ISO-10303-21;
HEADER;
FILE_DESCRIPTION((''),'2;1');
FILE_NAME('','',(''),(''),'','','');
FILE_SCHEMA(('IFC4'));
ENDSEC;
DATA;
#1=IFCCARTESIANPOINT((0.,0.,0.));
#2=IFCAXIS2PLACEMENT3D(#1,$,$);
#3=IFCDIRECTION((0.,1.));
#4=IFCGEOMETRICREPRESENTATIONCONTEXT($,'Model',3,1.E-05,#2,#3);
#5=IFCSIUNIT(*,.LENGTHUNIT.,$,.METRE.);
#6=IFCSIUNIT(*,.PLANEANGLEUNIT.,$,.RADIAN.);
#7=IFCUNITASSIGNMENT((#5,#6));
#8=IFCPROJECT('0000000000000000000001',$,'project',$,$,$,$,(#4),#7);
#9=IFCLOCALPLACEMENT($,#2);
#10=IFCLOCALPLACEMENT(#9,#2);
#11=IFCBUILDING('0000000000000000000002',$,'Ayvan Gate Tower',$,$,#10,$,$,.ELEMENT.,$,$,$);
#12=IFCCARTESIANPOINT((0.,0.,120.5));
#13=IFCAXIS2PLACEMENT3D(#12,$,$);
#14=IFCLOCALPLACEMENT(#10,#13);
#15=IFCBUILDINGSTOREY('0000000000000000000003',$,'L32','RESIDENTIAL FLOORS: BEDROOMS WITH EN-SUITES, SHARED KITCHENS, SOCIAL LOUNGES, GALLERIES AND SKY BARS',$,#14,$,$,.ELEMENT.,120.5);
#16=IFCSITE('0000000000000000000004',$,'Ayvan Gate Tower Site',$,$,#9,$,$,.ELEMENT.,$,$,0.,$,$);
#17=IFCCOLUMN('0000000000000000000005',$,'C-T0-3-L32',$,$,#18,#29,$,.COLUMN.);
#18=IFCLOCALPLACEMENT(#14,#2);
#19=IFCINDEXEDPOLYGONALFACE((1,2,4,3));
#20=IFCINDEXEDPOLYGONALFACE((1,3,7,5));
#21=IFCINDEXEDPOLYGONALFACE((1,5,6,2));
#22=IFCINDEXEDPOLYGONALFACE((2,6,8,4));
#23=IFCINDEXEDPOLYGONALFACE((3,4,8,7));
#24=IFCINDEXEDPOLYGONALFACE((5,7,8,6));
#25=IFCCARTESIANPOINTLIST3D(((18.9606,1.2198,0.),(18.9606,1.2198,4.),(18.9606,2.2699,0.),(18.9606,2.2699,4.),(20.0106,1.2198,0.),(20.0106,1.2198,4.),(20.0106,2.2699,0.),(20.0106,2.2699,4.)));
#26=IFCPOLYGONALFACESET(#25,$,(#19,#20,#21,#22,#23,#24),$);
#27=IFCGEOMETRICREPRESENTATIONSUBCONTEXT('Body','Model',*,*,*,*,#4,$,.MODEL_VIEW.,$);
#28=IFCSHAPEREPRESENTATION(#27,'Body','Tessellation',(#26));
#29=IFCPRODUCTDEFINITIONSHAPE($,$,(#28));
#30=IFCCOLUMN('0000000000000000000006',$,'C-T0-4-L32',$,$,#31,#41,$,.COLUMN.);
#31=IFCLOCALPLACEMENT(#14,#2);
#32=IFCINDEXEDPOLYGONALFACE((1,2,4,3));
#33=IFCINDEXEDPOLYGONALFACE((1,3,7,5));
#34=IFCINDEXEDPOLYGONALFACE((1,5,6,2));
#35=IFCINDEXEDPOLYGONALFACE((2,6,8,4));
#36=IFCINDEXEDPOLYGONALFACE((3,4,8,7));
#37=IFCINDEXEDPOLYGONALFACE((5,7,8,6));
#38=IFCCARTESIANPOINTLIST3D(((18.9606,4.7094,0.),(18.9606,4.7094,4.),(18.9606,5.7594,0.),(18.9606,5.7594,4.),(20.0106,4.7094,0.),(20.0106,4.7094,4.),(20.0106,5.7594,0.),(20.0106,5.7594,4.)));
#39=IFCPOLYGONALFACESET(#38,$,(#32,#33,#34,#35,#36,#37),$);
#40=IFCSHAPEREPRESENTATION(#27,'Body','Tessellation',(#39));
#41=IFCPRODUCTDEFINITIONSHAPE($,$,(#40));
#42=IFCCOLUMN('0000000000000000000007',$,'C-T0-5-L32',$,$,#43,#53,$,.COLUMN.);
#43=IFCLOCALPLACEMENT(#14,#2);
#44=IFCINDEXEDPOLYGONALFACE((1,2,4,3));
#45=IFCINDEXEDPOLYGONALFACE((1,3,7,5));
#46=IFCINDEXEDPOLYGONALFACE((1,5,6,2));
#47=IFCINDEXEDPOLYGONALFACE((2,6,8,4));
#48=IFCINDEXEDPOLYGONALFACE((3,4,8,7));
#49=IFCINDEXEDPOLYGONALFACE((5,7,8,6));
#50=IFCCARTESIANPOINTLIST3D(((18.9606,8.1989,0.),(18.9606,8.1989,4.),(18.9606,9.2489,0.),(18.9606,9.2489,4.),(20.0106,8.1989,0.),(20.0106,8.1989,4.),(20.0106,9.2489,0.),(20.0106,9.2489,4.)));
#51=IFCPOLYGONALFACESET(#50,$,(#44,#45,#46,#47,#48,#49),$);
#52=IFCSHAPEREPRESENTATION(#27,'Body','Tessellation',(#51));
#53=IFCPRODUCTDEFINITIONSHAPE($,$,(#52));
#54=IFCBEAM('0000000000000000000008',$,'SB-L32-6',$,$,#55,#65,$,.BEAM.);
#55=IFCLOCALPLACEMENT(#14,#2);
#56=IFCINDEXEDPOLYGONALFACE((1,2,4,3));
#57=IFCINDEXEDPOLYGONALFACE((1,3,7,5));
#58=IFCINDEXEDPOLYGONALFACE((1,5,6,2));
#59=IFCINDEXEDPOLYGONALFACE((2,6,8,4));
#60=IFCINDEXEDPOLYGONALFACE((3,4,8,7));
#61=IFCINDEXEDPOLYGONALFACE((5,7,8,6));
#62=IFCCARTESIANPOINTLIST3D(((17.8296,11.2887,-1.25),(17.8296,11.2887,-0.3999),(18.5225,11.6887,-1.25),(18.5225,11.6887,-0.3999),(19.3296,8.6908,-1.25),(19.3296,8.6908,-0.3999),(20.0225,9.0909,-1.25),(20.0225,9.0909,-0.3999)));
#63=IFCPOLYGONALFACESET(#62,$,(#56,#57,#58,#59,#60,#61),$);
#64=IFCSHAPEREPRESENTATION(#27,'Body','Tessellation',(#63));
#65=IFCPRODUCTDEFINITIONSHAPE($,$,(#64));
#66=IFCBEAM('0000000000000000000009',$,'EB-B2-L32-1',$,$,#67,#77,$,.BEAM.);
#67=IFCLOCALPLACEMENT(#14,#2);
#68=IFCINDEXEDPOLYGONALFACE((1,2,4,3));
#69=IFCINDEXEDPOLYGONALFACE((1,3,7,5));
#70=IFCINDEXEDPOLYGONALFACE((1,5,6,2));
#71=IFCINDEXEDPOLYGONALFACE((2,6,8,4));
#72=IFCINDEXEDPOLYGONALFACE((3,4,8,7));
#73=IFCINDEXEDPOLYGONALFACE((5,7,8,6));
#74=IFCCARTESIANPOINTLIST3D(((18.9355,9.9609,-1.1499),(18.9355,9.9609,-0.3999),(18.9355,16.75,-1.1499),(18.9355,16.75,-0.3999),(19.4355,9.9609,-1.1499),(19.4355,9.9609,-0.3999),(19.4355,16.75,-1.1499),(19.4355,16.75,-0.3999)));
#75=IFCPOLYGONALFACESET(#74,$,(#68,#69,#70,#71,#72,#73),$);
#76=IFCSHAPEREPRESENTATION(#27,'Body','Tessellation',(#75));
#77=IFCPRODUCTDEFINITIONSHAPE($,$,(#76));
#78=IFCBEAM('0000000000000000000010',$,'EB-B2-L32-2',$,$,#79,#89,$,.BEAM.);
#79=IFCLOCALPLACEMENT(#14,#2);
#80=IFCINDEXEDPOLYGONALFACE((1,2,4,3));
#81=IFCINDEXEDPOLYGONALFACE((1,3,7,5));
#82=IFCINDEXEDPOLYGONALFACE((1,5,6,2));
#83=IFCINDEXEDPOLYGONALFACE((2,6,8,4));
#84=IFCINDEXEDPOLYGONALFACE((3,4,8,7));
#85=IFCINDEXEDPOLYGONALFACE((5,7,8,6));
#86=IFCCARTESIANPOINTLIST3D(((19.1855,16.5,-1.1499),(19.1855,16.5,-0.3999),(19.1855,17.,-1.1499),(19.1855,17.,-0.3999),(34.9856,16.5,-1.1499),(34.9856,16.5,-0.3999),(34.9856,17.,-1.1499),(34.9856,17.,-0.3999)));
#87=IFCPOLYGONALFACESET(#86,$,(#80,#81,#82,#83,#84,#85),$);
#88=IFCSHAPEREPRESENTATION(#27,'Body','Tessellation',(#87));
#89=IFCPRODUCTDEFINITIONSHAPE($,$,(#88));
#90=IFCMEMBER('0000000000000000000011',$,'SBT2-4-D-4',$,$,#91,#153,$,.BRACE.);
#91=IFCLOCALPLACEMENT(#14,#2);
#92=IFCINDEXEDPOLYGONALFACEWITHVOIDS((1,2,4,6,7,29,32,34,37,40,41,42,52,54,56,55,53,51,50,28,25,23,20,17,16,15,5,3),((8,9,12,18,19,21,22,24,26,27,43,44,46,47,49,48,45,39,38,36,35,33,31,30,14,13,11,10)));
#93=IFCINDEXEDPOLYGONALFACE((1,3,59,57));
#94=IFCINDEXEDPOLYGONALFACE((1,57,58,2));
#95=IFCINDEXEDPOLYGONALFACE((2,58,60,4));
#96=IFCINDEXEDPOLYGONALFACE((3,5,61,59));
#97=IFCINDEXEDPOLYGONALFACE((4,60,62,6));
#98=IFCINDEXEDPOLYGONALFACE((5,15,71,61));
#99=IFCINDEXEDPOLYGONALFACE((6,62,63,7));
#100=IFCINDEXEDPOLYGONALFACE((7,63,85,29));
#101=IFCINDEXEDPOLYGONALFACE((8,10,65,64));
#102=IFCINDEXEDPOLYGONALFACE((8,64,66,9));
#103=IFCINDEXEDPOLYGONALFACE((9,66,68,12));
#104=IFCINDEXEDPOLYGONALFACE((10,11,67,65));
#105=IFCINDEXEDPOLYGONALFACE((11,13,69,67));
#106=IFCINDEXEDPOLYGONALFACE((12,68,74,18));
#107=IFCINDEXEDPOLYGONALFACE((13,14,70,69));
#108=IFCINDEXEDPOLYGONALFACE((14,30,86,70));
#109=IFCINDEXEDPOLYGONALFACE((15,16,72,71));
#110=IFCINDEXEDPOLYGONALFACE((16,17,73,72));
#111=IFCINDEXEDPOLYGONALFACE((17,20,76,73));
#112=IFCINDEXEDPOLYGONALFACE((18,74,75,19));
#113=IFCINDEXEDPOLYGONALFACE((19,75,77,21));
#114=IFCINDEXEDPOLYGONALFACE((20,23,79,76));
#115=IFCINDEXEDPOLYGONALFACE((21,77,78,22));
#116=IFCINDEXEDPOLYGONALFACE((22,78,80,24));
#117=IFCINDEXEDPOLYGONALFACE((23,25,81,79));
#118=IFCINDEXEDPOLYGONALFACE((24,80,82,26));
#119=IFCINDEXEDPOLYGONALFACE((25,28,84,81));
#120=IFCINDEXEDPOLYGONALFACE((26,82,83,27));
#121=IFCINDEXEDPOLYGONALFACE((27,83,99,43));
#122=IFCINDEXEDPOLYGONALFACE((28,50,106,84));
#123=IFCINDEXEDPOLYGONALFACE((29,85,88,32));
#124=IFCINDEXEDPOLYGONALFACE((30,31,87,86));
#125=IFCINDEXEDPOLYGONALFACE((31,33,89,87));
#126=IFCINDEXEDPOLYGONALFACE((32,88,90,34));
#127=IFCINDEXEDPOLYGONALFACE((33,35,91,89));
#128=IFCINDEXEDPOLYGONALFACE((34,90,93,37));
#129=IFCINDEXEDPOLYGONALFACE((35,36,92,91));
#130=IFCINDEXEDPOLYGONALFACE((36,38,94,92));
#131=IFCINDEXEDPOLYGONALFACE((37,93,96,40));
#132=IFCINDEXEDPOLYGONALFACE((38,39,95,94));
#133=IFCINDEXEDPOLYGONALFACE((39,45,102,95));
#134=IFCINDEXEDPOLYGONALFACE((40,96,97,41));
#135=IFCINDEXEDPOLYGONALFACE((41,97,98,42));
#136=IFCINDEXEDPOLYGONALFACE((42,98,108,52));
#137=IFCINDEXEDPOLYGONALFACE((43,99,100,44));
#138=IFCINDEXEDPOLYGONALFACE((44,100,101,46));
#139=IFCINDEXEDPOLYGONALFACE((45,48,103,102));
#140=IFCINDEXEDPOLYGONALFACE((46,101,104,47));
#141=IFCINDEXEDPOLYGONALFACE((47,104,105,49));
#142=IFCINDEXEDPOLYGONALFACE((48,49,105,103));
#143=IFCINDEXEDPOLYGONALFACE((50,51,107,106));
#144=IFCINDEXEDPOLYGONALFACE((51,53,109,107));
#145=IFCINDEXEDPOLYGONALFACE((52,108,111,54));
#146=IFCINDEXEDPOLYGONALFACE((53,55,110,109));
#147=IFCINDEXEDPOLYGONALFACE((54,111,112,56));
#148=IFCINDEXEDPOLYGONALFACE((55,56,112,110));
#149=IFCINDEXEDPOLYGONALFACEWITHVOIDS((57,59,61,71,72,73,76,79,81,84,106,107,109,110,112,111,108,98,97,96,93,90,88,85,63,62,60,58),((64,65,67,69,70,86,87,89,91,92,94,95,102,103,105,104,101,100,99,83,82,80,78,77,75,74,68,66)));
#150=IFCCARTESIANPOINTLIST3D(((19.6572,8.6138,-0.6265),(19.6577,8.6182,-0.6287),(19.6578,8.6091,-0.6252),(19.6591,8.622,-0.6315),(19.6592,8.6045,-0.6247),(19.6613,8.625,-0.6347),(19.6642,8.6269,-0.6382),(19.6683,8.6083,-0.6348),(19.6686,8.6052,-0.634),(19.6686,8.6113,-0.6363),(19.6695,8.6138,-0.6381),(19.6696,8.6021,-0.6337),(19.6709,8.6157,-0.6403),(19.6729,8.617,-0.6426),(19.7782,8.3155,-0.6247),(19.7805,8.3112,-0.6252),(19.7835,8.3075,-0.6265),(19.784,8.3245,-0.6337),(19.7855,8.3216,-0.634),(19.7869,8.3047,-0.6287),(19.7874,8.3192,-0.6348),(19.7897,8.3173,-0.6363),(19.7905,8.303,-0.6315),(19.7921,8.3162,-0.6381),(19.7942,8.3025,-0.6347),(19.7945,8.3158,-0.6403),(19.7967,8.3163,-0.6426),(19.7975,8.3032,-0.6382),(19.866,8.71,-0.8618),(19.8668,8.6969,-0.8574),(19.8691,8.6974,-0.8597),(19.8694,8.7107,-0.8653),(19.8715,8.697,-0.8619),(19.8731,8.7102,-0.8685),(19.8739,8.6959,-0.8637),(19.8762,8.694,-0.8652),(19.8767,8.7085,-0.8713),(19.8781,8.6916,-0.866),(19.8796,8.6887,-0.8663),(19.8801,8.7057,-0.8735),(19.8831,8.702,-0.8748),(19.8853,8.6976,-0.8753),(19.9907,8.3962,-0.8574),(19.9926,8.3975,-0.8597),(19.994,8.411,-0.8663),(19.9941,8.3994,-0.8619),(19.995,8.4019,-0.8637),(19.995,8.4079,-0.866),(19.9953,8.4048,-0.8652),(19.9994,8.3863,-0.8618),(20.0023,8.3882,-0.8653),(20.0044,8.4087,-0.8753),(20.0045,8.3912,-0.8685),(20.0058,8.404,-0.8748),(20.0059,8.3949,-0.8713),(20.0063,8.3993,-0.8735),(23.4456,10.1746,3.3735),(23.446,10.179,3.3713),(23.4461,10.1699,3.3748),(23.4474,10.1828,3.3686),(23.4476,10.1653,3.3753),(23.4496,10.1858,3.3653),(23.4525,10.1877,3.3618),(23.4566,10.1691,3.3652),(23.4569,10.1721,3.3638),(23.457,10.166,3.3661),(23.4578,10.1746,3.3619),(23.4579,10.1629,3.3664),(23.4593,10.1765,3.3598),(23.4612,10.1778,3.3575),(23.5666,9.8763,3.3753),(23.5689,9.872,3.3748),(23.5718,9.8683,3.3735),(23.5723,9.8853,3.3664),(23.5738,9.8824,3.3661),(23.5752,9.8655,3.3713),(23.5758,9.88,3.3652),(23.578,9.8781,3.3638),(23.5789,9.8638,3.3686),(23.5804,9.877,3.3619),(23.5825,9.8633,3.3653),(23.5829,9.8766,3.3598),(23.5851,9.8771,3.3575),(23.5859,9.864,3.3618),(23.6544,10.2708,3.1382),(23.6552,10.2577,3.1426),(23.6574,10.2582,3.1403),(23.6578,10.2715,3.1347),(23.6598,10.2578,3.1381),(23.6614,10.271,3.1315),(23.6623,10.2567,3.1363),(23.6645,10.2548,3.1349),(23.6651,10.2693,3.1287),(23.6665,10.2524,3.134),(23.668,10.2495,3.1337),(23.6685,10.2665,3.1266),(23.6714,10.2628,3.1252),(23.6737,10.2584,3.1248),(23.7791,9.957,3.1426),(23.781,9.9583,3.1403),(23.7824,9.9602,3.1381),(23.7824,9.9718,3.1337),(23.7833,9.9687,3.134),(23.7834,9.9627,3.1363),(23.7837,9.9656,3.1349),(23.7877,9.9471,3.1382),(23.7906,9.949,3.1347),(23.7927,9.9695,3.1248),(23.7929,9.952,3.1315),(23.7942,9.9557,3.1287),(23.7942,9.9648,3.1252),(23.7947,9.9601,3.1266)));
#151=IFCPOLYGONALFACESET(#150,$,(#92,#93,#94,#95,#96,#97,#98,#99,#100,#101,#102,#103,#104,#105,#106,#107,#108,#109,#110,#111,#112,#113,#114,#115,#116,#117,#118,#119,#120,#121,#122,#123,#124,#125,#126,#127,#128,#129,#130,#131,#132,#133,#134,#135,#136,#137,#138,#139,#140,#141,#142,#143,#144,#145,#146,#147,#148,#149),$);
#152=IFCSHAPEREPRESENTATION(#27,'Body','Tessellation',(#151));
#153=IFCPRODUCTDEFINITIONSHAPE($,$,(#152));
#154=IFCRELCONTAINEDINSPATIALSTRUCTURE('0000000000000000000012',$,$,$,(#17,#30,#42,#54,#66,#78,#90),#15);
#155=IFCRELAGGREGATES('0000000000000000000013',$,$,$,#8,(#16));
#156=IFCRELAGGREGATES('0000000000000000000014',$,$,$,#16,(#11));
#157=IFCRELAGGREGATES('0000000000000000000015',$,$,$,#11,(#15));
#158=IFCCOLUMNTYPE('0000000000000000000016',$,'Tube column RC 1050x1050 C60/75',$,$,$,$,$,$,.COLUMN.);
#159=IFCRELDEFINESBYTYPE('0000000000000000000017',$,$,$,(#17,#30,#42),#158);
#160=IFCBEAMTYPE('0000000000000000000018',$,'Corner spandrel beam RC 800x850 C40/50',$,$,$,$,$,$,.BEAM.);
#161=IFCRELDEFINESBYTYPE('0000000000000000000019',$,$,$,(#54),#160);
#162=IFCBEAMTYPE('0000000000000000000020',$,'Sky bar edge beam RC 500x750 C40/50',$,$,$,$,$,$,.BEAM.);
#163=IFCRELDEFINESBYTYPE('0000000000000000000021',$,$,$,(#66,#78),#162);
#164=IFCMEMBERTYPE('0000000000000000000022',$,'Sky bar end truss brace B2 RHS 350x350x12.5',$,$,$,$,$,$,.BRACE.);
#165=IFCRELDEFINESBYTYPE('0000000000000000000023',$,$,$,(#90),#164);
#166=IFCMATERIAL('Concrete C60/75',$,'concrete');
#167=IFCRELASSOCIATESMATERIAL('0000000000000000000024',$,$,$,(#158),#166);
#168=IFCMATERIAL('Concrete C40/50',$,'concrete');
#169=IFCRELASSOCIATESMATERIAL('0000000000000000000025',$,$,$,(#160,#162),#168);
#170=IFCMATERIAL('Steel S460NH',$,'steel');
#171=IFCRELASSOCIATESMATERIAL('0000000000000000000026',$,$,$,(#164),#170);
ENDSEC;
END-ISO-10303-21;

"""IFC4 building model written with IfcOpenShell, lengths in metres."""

from ifc_helpers import new_model, si_unit, direction, frame, origin, origin_2d, place, context, subcontext, project, spatial, rectangle, hollow_rectangle, extrude, material, material_profile, profile_set, type_object, element, save


model = new_model("IFC4")

# Units and contexts
model_context = context("Model", 3, precision=1e-05, world=origin(), true_north=direction((0.0, 1.0)))
body_context = subcontext(model_context, "Body", "Model", "MODEL_VIEW")
ifc_project = project(units=[si_unit("LENGTHUNIT", "METRE"), si_unit("PLANEANGLEUNIT", "RADIAN")], contexts=[model_context])

# Site, building, storey
site_placement = place(None, origin())
site = spatial("IfcSite", under=ifc_project, at=site_placement, Name="Ayvan Gate Tower Site", CompositionType="ELEMENT", RefElevation=0.0)
building_placement = place(site_placement, origin())
building = spatial("IfcBuilding", under=site, at=building_placement, Name="Ayvan Gate Tower", CompositionType="ELEMENT")
storey_placement = place(building_placement, frame((0.0, 0.0, 120.5)))
storey = spatial("IfcBuildingStorey", under=building, at=storey_placement, Name="L32", Description="RESIDENTIAL FLOORS: BEDROOMS WITH EN-SUITES, SHARED KITCHENS, SOCIAL LOUNGES, GALLERIES AND SKY BARS", CompositionType="ELEMENT", Elevation=120.5)

# Columns
ifc_material_1 = material(Name="Concrete C60/75", Category="concrete")
ifc_material_profile_1 = material_profile(ifc_material_1, rectangle(XDim=1.05, YDim=1.05, at=origin_2d()), Name="RC 1050x1050")
ifc_profile_set_1 = profile_set([ifc_material_profile_1], Name="Concrete C60/75")
column_type = type_object("IfcColumnType", Name="Tube column RC 1050x1050 C60/75", PredefinedType="COLUMN", material=ifc_profile_set_1)
for number, where, z_axis, x_axis, name in (
    (1, (19.4856, 1.7449, 0.0), (0.0, 0.0, 1.0), (1.0, 0.0, 0.0), "C-T0-3-L32"),
    (2, (19.4856, 5.2344, 0.0), (0.0, 0.0, 1.0), (1.0, 0.0, 0.0), "C-T0-4-L32"),
    (3, (19.4856, 8.7239, 0.0), (0.0, 0.0, 1.0), (1.0, 0.0, 0.0), "C-T0-5-L32"),
):
    element("IfcColumn", number, at=place(storey_placement, frame(where, z_axis=z_axis, x_axis=x_axis)), inside=storey, type_object=column_type, Name=name, PredefinedType="COLUMN", context=body_context, shape_type="SweptSolid", body=[
        extrude(rectangle(XDim=1.05, YDim=1.05, at=origin_2d()), origin(), (0.0, 0.0, 1.0), 4.0),
    ])

# Beams
ifc_material_2 = material(Name="Concrete C40/50", Category="concrete")
ifc_material_profile_2 = material_profile(ifc_material_2, rectangle(XDim=0.8, YDim=0.8501, at=origin_2d()), Name="RC 800x850")
ifc_profile_set_2 = profile_set([ifc_material_profile_2], Name="Concrete C40/50")
beam_type_1 = type_object("IfcBeamType", Name="Corner spandrel beam RC 800x850 C40/50", PredefinedType="BEAM", material=ifc_profile_set_2)
beam_1_placement = place(storey_placement, frame((19.676, 8.8909, -0.825), z_axis=(-0.500025, 0.866011, 0.0), x_axis=(-0.866011, -0.500025, 0.0)))
element("IfcBeam", 4, at=beam_1_placement, inside=storey, type_object=beam_type_1, Name="SB-L32-6", PredefinedType="BEAM", context=body_context, shape_type="SweptSolid", body=[
    extrude(rectangle(XDim=0.8, YDim=0.8501, at=origin_2d()), origin(), (0.0, 0.0, 1.0), 2.9998),
])
ifc_material_profile_3 = material_profile(ifc_material_2, rectangle(XDim=0.5, YDim=0.75, at=origin_2d()), Name="RC 500x750")
ifc_profile_set_3 = profile_set([ifc_material_profile_3], Name="Concrete C40/50")
beam_type_2 = type_object("IfcBeamType", Name="Sky bar edge beam RC 500x750 C40/50", PredefinedType="BEAM", material=ifc_profile_set_3)
beam_2_placement = place(storey_placement, frame((19.1855, 9.9609, -0.7749), z_axis=(0.0, 1.0, 0.0), x_axis=(-1.0, 0.0, 0.0)))
element("IfcBeam", 5, at=beam_2_placement, inside=storey, type_object=beam_type_2, Name="EB-B2-L32-1", PredefinedType="BEAM", context=body_context, shape_type="SweptSolid", body=[
    extrude(rectangle(XDim=0.5, YDim=0.75, at=origin_2d()), origin(), (0.0, 0.0, 1.0), 6.7891),
])
beam_3_placement = place(storey_placement, frame((19.1855, 16.75, -0.7749), z_axis=(1.0, 0.0, 0.0), x_axis=(0.0, 1.0, 0.0)))
element("IfcBeam", 6, at=beam_3_placement, inside=storey, type_object=beam_type_2, Name="EB-B2-L32-2", PredefinedType="BEAM", context=body_context, shape_type="SweptSolid", body=[
    extrude(rectangle(XDim=0.5, YDim=0.75, at=origin_2d()), origin(), (0.0, 0.0, 1.0), 15.8),
])

# Member
ifc_material_3 = material(Name="Steel S460NH", Category="steel")
ifc_material_profile_4 = material_profile(ifc_material_3, hollow_rectangle(XDim=0.3501, YDim=0.3501, WallThickness=0.0125, InnerFilletRadius=0.0125, OuterFilletRadius=0.0188, at=origin_2d()), Name="RHS 350x350x12.5")
ifc_profile_set_4 = profile_set([ifc_material_profile_4], Name="Steel S460NH")
member_type_1 = type_object("IfcMemberType", Name="Sky bar end truss brace B2 RHS 350x350x12.5", PredefinedType="BRACE", material=ifc_profile_set_4)
member_1_placement = place(storey_placement, frame((19.8318, 8.5066, -0.75), z_axis=(0.661597, 0.272578, 0.698563), x_axis=(-0.380936, 0.924602, 0.0)))
element("IfcMember", 7, at=member_1_placement, inside=storey, type_object=member_type_1, Name="SBT2-4-D-4", PredefinedType="BRACE", context=body_context, shape_type="SweptSolid", body=[
    extrude(hollow_rectangle(XDim=0.3501, YDim=0.3501, WallThickness=0.0125, InnerFilletRadius=0.0125, OuterFilletRadius=0.0188, at=origin_2d()), origin(), (0.0, 0.0, 1.0), 5.7261),
])

save(model, "model.ifc")
